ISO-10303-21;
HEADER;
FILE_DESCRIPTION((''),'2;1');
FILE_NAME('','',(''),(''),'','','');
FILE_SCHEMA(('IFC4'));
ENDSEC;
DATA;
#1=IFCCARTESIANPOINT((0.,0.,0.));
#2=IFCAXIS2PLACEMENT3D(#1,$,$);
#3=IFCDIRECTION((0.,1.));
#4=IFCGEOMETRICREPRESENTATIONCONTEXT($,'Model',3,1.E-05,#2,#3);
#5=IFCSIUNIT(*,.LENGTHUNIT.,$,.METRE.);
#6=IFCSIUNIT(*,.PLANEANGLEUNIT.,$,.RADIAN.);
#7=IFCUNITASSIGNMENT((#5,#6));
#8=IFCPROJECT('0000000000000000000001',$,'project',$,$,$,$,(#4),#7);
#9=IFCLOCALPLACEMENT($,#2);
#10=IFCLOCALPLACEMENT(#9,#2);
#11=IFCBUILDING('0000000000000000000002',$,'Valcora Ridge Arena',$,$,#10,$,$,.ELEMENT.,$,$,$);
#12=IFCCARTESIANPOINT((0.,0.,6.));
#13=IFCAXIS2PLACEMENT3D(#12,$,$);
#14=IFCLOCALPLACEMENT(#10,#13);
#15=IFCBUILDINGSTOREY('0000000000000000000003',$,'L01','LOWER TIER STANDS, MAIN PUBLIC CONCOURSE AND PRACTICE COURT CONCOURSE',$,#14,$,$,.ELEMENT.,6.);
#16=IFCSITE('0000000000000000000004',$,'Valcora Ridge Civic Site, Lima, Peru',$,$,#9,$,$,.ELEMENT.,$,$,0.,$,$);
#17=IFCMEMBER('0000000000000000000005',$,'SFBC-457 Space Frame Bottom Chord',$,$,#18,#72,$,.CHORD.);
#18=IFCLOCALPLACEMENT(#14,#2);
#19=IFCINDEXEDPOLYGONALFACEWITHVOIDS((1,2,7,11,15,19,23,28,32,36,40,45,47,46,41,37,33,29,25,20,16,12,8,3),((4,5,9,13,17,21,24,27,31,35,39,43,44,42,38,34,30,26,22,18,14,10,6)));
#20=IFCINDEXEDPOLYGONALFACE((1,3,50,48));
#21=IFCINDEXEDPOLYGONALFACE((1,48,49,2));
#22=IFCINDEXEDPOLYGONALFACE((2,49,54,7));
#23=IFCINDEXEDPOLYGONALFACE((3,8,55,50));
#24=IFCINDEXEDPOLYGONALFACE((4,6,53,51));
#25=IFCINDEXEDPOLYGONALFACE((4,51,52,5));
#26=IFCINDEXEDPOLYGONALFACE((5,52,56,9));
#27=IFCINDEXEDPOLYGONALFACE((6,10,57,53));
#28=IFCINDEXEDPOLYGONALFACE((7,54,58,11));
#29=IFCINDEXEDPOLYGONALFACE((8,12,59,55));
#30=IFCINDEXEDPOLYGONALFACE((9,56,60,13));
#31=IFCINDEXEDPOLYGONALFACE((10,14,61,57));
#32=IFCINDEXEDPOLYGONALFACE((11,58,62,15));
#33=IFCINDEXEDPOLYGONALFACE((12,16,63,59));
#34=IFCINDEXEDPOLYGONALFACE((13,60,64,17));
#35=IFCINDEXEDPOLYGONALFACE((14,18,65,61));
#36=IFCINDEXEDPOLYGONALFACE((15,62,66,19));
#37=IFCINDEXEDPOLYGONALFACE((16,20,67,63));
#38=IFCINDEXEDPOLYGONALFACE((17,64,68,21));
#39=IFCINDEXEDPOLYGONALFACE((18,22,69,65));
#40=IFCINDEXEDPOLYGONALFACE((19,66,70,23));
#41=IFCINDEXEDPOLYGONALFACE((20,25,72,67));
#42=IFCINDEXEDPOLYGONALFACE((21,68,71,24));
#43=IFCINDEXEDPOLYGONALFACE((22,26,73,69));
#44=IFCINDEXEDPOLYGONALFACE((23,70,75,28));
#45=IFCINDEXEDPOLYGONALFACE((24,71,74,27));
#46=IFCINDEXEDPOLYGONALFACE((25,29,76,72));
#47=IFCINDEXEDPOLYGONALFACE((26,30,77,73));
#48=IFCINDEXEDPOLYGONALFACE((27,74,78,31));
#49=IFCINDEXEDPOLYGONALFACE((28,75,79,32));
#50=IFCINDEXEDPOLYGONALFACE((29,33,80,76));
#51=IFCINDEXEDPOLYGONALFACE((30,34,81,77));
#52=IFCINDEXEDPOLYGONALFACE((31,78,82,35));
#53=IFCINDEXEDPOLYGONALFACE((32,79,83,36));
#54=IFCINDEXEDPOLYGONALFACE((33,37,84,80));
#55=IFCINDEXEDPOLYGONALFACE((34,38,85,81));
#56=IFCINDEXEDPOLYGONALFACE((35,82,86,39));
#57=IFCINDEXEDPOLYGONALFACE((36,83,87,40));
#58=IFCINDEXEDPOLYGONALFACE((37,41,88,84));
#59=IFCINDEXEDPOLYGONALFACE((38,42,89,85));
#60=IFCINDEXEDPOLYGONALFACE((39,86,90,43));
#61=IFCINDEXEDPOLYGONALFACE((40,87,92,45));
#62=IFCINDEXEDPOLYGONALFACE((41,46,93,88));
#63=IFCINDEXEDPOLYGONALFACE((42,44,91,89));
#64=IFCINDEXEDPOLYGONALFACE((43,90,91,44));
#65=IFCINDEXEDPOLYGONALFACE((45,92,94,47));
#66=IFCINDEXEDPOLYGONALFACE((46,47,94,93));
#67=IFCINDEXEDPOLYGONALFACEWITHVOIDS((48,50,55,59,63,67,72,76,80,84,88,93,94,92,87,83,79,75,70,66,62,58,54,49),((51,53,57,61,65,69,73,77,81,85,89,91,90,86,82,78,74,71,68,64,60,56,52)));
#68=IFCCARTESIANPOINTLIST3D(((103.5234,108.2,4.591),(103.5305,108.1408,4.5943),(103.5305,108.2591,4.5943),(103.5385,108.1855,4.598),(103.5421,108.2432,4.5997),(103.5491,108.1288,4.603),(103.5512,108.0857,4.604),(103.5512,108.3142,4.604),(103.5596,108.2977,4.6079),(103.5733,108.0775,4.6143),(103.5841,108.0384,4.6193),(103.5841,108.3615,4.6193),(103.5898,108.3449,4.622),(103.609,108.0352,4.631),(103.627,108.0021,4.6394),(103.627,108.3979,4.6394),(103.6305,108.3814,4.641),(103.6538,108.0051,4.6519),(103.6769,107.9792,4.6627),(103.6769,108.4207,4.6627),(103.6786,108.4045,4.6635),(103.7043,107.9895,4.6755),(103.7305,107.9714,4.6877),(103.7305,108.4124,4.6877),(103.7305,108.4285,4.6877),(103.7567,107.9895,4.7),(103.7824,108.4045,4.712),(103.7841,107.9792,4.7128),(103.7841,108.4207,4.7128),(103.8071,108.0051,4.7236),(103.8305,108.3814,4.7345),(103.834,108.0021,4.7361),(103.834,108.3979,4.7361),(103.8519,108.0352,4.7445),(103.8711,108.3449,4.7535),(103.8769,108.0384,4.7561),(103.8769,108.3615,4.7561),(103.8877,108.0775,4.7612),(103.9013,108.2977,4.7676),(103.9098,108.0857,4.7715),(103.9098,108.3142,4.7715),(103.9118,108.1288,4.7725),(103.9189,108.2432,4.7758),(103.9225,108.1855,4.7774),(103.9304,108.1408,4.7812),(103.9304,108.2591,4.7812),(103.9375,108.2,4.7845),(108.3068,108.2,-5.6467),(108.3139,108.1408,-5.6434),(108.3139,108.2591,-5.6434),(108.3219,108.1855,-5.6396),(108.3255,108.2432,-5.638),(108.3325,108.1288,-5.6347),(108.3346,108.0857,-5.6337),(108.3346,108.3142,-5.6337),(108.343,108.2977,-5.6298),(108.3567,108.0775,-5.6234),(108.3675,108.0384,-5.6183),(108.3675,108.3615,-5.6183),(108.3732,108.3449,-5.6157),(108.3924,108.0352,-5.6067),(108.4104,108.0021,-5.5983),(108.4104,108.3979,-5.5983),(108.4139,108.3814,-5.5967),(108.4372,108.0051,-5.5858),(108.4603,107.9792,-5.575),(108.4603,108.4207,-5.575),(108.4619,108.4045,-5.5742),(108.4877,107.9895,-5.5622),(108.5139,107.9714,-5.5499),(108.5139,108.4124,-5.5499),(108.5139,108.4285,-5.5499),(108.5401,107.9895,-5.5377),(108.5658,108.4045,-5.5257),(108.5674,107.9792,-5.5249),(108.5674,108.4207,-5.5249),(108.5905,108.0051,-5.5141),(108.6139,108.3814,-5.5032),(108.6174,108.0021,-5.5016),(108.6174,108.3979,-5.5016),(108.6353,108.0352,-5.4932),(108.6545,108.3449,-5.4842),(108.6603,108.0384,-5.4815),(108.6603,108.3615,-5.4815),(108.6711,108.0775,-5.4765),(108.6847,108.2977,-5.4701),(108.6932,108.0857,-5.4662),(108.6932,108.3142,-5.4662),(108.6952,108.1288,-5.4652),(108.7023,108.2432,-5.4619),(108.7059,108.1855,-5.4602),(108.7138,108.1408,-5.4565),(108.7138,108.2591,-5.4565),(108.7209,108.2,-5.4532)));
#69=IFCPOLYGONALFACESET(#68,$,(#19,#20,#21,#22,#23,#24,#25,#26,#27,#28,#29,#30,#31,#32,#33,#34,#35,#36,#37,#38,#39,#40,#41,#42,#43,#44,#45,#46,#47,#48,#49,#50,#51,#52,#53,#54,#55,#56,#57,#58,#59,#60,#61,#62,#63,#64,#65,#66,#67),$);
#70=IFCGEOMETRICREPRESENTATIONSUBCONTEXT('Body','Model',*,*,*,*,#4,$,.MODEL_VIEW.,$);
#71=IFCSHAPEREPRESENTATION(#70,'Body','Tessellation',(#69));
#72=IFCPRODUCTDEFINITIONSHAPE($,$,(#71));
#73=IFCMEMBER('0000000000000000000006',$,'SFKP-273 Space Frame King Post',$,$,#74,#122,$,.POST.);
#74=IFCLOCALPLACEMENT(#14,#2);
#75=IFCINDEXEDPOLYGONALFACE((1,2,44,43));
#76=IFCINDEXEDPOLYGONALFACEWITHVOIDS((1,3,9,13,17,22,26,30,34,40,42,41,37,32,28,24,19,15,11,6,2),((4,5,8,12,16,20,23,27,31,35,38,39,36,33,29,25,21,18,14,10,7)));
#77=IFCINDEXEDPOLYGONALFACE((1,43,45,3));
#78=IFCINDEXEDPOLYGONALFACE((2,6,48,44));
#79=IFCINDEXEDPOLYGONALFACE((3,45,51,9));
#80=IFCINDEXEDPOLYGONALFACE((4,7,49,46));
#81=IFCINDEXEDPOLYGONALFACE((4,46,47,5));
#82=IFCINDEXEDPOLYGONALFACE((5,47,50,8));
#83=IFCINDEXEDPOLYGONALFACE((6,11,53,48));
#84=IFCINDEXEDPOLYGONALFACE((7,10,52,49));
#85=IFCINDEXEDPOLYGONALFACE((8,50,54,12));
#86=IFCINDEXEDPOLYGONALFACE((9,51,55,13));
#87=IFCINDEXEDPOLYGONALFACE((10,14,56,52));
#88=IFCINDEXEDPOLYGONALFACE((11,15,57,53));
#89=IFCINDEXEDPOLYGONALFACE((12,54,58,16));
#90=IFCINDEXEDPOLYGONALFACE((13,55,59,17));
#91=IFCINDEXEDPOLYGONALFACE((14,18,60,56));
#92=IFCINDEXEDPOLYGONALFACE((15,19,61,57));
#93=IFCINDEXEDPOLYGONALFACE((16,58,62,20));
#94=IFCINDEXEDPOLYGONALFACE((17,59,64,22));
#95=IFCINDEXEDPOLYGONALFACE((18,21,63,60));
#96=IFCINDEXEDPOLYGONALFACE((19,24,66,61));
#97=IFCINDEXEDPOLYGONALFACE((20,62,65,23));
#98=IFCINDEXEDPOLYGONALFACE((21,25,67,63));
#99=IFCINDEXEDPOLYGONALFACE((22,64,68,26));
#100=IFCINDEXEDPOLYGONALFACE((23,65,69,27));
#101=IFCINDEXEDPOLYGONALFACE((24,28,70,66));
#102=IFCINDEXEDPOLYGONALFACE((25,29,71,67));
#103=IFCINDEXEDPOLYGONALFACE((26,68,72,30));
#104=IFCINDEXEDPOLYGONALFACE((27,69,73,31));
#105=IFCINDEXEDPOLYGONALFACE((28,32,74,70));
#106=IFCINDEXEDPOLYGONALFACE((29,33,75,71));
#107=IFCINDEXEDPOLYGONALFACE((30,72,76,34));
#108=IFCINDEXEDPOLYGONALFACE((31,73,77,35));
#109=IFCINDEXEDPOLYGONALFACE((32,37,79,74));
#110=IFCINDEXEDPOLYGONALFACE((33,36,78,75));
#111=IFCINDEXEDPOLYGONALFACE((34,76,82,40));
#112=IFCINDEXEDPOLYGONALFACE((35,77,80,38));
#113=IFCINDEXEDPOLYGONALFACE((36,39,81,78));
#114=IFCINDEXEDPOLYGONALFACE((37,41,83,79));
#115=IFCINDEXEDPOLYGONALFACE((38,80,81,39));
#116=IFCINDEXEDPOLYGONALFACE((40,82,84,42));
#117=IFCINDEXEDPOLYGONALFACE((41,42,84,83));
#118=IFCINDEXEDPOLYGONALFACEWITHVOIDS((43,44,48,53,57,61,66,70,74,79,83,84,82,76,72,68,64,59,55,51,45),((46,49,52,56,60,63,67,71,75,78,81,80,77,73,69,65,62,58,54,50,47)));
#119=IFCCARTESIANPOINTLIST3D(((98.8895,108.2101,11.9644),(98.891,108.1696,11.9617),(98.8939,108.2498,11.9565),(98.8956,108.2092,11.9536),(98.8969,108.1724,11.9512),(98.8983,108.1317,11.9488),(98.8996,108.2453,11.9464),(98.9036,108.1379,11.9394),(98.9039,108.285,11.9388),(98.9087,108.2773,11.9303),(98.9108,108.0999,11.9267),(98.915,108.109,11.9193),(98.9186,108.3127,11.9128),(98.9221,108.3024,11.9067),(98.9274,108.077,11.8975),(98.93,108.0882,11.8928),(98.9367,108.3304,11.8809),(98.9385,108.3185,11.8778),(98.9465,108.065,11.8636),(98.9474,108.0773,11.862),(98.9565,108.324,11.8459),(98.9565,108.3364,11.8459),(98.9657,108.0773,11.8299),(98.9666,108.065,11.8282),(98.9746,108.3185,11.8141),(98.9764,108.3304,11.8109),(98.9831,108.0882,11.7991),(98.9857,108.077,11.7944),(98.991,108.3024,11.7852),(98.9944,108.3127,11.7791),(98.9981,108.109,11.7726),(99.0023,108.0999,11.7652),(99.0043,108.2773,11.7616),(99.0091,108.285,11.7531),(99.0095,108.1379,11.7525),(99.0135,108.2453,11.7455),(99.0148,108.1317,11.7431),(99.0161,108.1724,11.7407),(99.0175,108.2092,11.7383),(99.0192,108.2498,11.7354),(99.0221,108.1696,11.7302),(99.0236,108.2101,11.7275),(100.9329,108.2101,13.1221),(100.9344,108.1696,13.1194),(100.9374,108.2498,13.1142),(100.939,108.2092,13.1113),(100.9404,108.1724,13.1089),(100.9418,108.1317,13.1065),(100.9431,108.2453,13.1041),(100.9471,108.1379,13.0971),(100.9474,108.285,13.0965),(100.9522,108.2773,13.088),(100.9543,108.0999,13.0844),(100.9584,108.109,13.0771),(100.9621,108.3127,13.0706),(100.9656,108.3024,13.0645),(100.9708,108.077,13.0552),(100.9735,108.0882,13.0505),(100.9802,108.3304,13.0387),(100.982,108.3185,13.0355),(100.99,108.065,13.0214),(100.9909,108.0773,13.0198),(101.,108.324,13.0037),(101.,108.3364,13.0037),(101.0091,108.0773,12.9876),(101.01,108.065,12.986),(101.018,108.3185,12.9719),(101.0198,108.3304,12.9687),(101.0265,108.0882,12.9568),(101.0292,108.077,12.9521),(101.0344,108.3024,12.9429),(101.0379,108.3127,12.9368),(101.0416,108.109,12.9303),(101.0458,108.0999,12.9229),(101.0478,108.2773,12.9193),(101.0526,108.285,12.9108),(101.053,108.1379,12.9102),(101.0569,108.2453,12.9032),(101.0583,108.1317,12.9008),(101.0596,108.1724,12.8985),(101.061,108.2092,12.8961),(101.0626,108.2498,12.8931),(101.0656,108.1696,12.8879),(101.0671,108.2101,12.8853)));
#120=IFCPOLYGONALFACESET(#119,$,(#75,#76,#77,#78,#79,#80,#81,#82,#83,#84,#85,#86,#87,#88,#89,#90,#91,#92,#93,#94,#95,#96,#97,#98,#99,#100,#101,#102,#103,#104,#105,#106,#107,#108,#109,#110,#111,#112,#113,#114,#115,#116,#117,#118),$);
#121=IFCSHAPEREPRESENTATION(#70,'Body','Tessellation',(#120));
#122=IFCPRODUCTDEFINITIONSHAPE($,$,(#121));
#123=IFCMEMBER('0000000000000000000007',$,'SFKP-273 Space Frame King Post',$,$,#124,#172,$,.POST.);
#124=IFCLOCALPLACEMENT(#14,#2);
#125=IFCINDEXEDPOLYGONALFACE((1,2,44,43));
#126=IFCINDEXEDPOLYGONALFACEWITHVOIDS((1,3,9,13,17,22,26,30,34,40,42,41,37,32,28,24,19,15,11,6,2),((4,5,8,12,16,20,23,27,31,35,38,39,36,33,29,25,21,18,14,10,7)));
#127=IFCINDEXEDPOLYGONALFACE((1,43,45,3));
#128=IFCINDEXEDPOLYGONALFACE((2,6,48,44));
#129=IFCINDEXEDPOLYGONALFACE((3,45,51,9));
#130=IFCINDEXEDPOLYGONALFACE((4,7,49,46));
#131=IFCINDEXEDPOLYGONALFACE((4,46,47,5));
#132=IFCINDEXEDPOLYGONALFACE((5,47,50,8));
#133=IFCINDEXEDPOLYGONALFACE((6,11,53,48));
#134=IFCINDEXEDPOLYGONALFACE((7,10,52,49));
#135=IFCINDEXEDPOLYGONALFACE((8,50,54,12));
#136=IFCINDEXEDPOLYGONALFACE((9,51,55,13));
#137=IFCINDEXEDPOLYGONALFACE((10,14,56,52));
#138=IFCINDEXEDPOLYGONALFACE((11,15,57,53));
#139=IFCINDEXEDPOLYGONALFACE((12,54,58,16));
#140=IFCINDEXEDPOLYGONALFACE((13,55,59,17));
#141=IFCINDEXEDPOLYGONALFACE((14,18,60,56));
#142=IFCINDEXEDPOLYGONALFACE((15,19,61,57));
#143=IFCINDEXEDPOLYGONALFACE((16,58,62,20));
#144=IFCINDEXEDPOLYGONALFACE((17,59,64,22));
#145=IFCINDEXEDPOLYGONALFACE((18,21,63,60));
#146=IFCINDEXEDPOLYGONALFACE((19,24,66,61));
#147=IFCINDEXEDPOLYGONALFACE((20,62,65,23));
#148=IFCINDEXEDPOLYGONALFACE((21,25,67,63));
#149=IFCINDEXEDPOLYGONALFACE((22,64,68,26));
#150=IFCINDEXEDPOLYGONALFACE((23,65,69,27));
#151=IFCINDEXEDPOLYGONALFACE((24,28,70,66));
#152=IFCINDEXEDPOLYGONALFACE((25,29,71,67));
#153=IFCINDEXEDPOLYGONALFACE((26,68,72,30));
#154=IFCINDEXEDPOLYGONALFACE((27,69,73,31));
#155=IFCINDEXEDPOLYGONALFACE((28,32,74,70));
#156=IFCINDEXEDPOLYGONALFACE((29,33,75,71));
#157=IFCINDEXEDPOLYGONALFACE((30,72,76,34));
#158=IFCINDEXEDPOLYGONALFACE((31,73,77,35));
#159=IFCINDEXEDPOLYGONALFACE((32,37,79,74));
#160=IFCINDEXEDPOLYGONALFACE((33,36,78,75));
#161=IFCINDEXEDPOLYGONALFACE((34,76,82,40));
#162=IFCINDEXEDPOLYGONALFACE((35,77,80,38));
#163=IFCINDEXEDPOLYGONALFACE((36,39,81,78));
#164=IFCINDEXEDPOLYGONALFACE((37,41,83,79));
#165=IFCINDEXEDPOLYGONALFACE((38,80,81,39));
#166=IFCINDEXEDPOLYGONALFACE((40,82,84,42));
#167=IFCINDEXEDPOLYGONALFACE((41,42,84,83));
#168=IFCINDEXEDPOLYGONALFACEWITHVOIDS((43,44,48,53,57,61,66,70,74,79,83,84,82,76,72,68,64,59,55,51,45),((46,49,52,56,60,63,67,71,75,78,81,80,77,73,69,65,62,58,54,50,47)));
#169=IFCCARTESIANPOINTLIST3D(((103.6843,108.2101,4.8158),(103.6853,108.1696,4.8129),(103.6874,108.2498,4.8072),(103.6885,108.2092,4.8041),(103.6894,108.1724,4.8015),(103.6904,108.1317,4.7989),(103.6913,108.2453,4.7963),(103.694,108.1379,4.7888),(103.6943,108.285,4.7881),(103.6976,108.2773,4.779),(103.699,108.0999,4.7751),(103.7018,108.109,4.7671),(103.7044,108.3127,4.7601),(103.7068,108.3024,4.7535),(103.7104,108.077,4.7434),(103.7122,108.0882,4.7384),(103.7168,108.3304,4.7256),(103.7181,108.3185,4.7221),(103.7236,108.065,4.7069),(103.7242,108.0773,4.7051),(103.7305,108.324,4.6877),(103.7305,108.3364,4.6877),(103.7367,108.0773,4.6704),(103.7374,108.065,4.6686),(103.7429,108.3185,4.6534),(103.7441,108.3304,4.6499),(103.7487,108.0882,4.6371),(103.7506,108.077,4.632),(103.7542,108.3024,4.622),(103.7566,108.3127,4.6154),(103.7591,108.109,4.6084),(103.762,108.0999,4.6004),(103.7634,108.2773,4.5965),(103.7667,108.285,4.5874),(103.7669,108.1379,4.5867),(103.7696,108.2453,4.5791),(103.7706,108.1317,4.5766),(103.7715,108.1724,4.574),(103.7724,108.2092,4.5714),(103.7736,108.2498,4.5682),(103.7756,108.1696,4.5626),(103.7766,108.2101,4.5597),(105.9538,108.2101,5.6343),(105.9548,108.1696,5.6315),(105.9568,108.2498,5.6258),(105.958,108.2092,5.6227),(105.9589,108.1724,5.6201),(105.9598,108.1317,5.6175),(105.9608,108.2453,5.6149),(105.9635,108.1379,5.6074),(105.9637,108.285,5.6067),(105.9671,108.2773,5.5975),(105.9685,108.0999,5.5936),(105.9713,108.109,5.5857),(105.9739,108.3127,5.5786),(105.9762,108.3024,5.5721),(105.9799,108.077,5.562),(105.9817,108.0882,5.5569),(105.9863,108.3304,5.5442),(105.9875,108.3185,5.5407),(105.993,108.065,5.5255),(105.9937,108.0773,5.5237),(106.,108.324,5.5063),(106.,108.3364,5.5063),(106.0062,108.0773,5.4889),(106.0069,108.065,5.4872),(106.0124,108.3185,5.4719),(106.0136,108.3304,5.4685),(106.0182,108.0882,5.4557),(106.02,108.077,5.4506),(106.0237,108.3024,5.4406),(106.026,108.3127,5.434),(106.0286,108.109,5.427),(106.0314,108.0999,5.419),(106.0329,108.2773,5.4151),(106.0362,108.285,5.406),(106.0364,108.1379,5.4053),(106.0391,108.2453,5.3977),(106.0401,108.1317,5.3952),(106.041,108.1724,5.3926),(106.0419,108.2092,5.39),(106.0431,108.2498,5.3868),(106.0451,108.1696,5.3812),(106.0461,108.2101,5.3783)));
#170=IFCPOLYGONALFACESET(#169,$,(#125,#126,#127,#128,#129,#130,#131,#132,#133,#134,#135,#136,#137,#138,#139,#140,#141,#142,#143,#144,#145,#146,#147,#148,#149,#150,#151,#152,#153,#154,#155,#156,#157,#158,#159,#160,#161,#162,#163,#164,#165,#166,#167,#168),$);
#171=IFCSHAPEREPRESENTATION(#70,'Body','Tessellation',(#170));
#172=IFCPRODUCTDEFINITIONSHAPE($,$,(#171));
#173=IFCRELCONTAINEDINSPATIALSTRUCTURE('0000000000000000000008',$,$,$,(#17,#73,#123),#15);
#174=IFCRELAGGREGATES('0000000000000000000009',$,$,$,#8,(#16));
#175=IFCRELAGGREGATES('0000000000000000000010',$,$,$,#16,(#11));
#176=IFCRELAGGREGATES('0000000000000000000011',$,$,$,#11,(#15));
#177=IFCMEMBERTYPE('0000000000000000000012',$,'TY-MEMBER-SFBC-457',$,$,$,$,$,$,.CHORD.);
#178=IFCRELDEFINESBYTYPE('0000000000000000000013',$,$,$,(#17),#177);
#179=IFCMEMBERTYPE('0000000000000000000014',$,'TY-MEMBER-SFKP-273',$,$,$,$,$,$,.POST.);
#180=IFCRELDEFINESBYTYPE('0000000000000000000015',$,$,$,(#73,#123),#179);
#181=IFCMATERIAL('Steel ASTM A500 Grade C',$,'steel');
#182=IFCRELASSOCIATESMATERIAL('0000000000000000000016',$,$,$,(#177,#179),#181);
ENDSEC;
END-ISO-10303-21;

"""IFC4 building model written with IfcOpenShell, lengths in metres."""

from ifc_helpers import new_model, si_unit, direction, frame, origin, origin_2d, place, context, subcontext, project, spatial, hollow_circle, extrude, material, material_profile, profile_set, type_object, element, save


model = new_model("IFC4")

# Units and contexts
model_context = context("Model", 3, precision=1e-05, world=origin(), true_north=direction((0.0, 1.0)))
body_context = subcontext(model_context, "Body", "Model", "MODEL_VIEW")
ifc_project = project(units=[si_unit("LENGTHUNIT", "METRE"), si_unit("PLANEANGLEUNIT", "RADIAN")], contexts=[model_context])

# Site, building, storey
site_placement = place(None, origin())
site = spatial("IfcSite", under=ifc_project, at=site_placement, Name="Valcora Ridge Civic Site, Lima, Peru", CompositionType="ELEMENT", RefElevation=0.0)
building_placement = place(site_placement, origin())
building = spatial("IfcBuilding", under=site, at=building_placement, Name="Valcora Ridge Arena", CompositionType="ELEMENT")
storey_placement = place(building_placement, frame((0.0, 0.0, 6.0)))
storey = spatial("IfcBuildingStorey", under=building, at=storey_placement, Name="L01", Description="LOWER TIER STANDS, MAIN PUBLIC CONCOURSE AND PRACTICE COURT CONCOURSE", CompositionType="ELEMENT", Elevation=6.0)

# Members
ifc_material_1 = material(Name="Steel ASTM A500 Grade C", Category="steel")
ifc_material_profile_1 = material_profile(ifc_material_1, hollow_circle(Radius=0.2285, WallThickness=0.0161, at=origin_2d()), Name="CHS457X16")
ifc_profile_set_1 = profile_set([ifc_material_profile_1], Name="Steel ASTM A500 Grade C")
member_type_1 = type_object("IfcMemberType", Name="TY-MEMBER-SFBC-457", PredefinedType="CHORD", material=ifc_profile_set_1)
member_1_placement = place(storey_placement, frame((103.7305, 108.2, 4.6877), z_axis=(0.423308, 0.0, -0.905986), x_axis=(0.0, 1.0, 0.0)))
element("IfcMember", 1, at=member_1_placement, inside=storey, type_object=member_type_1, Name="SFBC-457 Space Frame Bottom Chord", PredefinedType="CHORD", context=body_context, shape_type="SweptSolid", body=[
    extrude(hollow_circle(Radius=0.2285, WallThickness=0.0161, at=origin_2d()), origin(), (0.0, 0.0, 1.0), 11.3),
])
ifc_material_profile_2 = material_profile(ifc_material_1, hollow_circle(Radius=0.1365, WallThickness=0.0125, at=origin_2d()), Name="CHS273X12")
ifc_profile_set_2 = profile_set([ifc_material_profile_2], Name="Steel ASTM A500 Grade C")
member_type_2 = type_object("IfcMemberType", Name="TY-MEMBER-SFKP-273", PredefinedType="POST", material=ifc_profile_set_2)
member_2_placement = place(storey_placement, frame((98.9565, 108.2, 11.8459), z_axis=(0.870067, 0.0, 0.492934), x_axis=(0.0, 1.0, 0.0)))
element("IfcMember", 2, at=member_2_placement, inside=storey, type_object=member_type_2, Name="SFKP-273 Space Frame King Post", PredefinedType="POST", context=body_context, shape_type="SweptSolid", body=[
    extrude(hollow_circle(Radius=0.1365, WallThickness=0.0125, at=origin_2d()), origin(), (0.0, 0.0, 1.0), 2.3486),
])
member_3_placement = place(storey_placement, frame((103.7305, 108.2, 4.6877), z_axis=(0.94068, 0.0, 0.339296), x_axis=(0.0, 1.0, 0.0)))
element("IfcMember", 3, at=member_3_placement, inside=storey, type_object=member_type_2, Name="SFKP-273 Space Frame King Post", PredefinedType="POST", context=body_context, shape_type="SweptSolid", body=[
    extrude(hollow_circle(Radius=0.1365, WallThickness=0.0125, at=origin_2d()), origin(), (0.0, 0.0, 1.0), 2.4126),
])

save(model, "model.ifc")
